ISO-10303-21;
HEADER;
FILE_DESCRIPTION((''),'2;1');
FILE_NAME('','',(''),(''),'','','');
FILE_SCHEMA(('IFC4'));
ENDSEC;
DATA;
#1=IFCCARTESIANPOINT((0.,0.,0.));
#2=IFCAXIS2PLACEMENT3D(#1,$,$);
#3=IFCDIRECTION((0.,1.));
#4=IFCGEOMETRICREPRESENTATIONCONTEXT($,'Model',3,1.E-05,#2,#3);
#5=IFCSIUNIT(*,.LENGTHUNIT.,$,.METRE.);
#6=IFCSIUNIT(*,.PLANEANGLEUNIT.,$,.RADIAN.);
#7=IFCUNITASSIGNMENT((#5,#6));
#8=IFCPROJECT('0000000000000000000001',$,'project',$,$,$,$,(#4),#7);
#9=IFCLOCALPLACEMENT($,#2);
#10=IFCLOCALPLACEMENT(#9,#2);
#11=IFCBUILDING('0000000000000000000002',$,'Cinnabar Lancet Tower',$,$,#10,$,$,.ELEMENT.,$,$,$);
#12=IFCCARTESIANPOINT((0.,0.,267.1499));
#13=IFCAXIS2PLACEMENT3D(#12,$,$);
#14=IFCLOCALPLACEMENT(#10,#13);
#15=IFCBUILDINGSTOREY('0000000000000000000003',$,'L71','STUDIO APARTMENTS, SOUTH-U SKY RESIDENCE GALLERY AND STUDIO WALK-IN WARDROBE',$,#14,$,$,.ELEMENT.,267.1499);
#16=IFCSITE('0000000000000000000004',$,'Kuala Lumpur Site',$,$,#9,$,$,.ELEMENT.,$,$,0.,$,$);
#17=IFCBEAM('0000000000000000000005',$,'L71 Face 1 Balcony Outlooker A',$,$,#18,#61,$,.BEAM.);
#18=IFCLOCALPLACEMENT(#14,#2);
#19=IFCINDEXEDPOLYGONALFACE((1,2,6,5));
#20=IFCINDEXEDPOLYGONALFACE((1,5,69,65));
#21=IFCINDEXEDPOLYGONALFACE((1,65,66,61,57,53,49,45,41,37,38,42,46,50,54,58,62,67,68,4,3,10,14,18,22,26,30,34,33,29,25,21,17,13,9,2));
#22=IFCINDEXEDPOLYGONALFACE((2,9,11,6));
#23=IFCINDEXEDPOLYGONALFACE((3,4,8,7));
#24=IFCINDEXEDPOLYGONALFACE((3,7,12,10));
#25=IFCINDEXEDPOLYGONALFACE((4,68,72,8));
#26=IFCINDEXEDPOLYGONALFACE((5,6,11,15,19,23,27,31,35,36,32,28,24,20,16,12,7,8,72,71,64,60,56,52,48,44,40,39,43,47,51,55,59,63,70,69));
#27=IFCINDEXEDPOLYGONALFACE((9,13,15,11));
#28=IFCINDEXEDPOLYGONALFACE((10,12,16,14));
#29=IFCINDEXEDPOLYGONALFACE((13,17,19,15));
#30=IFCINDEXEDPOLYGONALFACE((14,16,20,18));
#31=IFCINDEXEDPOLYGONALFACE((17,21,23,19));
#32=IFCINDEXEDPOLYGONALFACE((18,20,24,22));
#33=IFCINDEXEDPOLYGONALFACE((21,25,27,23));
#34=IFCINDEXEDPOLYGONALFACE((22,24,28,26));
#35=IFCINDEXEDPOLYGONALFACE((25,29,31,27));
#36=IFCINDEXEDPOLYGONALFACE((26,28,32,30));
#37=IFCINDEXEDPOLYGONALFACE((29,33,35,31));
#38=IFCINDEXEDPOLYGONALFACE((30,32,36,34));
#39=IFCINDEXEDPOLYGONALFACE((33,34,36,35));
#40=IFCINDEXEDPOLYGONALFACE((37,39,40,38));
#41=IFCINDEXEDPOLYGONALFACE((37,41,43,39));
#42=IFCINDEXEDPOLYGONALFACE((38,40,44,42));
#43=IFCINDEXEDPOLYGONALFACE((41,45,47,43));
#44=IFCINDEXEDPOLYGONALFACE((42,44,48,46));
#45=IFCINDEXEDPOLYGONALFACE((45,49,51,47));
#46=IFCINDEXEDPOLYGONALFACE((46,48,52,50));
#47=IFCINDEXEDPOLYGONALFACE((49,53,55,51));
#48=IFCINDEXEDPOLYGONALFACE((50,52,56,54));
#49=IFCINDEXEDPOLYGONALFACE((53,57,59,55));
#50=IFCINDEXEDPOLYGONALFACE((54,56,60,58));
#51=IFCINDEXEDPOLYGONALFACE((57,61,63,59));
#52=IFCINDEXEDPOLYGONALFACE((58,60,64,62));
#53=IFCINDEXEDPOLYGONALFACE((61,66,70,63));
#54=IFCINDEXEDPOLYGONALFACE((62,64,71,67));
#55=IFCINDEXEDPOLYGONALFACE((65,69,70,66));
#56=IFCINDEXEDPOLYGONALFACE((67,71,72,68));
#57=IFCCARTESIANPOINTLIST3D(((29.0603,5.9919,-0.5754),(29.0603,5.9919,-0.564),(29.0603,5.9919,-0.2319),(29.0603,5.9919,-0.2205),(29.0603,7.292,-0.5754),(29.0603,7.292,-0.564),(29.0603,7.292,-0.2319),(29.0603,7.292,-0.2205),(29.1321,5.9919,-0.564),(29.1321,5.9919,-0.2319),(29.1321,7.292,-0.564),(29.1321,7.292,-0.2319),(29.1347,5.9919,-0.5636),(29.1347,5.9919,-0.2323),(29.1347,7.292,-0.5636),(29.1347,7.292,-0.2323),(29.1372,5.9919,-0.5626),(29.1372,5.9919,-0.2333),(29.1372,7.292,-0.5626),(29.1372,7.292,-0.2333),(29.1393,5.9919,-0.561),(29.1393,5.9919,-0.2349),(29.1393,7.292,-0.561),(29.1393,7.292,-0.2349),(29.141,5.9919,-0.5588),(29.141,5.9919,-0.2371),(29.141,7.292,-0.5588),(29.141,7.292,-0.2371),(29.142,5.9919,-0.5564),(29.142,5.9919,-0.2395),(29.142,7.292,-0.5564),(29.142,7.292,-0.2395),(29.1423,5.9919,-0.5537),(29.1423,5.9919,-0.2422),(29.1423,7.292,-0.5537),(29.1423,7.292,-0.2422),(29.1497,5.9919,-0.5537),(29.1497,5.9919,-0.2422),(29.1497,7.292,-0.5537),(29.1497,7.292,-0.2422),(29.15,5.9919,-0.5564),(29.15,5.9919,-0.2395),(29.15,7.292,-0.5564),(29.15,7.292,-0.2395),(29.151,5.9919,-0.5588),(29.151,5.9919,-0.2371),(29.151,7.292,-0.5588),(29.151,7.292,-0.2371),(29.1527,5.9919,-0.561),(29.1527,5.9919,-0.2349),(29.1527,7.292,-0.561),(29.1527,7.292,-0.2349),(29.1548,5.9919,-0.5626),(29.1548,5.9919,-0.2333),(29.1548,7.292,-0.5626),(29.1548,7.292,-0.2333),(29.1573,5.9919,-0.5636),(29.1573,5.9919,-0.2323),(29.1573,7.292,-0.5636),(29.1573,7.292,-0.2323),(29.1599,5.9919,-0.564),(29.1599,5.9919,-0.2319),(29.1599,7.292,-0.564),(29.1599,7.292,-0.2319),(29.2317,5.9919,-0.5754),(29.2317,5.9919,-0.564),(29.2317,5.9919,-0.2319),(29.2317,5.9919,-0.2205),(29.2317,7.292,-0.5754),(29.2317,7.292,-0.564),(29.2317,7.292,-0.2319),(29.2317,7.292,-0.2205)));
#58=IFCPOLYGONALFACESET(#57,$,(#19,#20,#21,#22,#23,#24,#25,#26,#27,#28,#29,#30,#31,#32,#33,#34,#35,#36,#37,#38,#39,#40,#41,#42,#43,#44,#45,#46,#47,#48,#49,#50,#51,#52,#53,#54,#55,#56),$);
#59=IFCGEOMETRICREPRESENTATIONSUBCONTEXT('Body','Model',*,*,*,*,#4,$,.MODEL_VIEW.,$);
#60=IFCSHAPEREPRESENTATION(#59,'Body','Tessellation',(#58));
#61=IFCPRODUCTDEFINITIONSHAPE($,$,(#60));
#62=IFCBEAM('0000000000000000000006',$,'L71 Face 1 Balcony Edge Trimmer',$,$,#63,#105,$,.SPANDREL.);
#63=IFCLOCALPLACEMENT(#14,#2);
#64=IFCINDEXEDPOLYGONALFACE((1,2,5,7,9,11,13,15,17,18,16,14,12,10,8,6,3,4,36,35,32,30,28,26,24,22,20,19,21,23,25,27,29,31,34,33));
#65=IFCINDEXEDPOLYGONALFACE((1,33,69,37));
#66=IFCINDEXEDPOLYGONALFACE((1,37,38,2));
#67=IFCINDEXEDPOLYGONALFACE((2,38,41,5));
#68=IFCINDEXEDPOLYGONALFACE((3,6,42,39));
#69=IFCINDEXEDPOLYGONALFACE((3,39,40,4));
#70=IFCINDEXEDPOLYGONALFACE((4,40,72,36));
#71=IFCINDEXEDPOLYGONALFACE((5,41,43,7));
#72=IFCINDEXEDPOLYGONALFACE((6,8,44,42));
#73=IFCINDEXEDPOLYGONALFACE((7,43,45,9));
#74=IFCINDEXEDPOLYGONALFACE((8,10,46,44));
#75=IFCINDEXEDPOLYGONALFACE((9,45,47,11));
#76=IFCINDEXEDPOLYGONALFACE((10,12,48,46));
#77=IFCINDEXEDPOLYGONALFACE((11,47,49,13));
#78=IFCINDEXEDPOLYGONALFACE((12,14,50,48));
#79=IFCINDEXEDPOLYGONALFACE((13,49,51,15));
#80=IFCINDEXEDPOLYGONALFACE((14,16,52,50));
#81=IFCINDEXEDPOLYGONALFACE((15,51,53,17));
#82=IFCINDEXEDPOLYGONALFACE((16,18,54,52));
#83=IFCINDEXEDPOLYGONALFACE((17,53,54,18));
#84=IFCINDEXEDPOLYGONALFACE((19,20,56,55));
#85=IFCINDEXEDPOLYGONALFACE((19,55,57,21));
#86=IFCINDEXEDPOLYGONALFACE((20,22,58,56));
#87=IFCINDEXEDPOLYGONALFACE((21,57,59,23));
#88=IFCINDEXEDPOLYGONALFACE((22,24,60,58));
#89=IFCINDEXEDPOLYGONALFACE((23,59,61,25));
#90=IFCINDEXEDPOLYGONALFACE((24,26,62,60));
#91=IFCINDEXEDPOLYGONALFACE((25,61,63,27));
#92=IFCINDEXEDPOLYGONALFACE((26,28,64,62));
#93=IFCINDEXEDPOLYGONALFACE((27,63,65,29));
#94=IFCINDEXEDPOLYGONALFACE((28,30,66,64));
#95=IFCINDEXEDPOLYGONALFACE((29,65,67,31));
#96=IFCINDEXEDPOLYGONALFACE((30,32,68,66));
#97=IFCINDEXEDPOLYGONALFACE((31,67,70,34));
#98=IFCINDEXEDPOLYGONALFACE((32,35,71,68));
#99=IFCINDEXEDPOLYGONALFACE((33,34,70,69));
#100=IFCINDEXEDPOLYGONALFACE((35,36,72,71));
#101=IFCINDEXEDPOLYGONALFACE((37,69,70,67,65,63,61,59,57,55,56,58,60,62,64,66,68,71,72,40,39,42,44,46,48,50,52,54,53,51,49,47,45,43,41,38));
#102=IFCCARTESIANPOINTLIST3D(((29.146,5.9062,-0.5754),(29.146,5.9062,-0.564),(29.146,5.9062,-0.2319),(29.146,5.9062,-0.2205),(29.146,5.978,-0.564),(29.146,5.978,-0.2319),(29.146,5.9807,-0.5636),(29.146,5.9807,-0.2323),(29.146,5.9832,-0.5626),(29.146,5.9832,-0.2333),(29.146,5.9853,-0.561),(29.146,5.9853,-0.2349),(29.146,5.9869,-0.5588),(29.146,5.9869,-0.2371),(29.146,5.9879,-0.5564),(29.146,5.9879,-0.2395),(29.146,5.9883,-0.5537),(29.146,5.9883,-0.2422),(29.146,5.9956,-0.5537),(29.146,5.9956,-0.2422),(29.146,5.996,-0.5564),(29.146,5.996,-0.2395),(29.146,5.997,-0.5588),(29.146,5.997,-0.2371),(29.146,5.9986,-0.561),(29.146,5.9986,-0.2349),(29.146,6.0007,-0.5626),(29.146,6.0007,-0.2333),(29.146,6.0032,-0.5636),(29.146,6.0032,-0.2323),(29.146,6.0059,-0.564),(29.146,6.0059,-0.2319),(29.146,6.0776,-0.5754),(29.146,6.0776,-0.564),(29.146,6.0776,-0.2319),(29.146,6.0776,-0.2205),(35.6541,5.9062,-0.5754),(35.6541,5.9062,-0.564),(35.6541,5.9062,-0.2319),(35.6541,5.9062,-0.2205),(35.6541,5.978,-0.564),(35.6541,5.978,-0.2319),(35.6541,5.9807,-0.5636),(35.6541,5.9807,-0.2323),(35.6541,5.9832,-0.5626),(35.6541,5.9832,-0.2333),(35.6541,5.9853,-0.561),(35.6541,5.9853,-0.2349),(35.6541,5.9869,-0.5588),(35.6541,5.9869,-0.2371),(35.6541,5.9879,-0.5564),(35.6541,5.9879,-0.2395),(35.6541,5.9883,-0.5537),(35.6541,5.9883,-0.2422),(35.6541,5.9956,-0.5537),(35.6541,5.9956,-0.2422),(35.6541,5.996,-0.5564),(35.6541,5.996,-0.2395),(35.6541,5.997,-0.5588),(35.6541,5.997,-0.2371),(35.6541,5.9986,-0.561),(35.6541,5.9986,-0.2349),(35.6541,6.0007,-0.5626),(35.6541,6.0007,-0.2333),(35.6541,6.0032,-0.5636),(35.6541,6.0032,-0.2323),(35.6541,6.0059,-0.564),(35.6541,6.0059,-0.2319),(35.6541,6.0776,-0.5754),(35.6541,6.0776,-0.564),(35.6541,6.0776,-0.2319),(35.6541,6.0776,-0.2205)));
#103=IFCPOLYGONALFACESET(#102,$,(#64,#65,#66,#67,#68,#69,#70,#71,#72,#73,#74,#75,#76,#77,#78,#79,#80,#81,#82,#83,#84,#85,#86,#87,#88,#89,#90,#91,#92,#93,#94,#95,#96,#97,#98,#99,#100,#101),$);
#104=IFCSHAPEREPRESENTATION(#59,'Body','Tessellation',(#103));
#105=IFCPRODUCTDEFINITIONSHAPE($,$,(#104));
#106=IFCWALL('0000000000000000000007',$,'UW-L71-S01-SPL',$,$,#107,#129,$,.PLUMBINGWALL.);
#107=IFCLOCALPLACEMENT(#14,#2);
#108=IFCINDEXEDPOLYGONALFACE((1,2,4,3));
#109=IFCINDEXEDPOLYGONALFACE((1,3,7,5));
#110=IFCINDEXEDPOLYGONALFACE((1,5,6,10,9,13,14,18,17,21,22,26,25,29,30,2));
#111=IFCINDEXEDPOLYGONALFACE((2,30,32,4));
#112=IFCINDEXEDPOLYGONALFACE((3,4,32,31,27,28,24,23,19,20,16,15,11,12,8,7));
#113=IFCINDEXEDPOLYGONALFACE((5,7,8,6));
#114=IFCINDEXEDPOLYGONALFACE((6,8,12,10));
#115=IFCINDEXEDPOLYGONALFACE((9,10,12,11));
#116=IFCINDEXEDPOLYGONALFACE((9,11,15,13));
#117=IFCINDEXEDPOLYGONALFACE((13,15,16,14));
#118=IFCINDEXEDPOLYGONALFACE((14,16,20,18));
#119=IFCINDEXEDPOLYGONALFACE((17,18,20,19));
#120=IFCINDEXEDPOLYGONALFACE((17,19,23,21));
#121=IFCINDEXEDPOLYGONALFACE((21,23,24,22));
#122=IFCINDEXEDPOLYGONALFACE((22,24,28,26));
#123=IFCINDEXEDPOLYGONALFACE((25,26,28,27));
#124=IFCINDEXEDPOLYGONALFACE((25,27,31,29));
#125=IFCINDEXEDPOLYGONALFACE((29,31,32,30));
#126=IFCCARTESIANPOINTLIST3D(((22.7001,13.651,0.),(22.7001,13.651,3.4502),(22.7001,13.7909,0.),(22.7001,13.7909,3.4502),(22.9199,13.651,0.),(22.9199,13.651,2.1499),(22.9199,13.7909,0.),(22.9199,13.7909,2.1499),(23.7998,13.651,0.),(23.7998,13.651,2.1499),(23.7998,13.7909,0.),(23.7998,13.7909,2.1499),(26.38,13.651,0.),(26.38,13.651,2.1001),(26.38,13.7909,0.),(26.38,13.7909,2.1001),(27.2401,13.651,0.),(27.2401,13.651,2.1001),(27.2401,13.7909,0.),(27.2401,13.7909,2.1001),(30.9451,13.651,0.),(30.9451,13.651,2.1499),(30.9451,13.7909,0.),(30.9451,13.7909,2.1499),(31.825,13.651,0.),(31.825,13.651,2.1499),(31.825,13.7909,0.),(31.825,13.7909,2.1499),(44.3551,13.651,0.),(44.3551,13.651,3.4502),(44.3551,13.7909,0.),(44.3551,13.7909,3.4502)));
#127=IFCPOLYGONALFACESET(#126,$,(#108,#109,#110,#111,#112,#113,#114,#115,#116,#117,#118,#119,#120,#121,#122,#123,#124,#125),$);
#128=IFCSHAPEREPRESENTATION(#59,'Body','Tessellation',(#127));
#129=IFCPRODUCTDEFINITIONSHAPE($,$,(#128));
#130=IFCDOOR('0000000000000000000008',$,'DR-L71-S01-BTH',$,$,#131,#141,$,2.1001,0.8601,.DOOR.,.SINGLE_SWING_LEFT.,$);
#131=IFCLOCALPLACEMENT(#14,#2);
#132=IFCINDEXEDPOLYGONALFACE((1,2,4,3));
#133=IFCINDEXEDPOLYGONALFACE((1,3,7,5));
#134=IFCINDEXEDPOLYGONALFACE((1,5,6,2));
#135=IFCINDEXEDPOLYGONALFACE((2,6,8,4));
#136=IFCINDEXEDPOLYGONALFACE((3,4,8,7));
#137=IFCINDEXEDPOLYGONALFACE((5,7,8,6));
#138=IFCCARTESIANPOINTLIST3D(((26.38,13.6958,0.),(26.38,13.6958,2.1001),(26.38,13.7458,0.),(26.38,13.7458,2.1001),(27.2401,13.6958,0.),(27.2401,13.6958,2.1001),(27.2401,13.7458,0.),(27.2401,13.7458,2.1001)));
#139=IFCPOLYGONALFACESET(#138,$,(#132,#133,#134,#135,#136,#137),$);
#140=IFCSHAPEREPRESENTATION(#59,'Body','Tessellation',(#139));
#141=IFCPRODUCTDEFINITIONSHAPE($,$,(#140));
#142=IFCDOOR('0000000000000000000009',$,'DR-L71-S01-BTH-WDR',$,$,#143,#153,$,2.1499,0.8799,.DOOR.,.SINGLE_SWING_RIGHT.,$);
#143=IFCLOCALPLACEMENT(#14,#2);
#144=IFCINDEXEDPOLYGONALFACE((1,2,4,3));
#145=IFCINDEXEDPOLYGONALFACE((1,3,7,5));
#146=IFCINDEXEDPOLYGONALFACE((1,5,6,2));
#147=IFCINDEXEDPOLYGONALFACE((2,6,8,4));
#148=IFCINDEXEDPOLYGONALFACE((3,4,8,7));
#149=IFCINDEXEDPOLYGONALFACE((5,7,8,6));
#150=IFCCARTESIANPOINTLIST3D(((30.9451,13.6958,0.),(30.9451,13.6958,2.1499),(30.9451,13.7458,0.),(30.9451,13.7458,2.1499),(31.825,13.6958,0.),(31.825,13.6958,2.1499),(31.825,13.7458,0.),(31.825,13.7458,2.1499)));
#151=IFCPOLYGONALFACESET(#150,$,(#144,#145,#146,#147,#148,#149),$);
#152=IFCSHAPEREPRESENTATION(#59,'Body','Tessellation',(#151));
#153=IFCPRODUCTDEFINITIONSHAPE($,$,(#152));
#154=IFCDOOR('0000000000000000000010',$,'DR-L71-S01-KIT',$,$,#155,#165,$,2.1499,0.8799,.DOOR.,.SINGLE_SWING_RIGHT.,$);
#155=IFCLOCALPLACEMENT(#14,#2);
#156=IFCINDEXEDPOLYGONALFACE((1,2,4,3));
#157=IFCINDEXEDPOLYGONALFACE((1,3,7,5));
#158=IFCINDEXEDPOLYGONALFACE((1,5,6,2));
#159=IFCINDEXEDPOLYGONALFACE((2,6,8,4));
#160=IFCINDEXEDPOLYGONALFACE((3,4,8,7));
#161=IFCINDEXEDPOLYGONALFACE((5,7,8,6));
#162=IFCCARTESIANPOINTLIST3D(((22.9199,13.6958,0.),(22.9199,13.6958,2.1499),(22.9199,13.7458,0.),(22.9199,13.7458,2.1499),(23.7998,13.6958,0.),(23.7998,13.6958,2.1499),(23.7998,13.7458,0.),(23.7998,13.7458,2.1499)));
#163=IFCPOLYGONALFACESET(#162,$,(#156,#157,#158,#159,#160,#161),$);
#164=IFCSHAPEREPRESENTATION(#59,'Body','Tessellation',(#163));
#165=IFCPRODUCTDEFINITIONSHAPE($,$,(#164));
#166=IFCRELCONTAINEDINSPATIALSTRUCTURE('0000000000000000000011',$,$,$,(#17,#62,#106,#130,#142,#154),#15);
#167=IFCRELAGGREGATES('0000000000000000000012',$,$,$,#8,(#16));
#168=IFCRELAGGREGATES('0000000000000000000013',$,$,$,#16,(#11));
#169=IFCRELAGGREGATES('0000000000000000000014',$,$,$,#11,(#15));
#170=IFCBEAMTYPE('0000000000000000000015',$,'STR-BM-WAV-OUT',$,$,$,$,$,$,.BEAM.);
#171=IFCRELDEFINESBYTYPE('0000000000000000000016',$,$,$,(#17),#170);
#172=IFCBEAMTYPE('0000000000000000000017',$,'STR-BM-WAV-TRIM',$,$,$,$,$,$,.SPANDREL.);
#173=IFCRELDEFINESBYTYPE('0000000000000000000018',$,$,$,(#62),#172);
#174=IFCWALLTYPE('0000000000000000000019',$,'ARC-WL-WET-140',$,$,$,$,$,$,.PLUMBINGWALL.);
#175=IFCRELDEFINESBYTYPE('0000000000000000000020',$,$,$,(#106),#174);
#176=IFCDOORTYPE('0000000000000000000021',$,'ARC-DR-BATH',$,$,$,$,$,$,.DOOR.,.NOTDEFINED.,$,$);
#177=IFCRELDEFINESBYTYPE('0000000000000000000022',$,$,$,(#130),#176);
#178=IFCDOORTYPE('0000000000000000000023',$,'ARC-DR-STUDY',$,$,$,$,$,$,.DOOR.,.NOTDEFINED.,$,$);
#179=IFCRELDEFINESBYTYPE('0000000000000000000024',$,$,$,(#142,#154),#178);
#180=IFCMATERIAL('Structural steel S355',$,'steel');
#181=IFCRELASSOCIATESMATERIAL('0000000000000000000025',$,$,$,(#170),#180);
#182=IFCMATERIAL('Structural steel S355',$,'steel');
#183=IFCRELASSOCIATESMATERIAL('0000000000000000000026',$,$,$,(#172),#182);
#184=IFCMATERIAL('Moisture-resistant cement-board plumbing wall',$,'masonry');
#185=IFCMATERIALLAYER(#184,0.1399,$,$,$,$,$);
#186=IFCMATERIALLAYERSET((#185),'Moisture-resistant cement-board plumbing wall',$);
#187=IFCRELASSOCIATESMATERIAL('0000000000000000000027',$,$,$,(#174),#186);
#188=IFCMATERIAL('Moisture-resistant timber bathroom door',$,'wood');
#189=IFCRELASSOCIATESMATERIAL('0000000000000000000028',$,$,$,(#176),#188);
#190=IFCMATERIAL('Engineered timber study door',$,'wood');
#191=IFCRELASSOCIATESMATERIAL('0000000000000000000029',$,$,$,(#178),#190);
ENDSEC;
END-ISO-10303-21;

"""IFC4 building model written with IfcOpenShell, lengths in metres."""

from ifc_helpers import new_model, si_unit, direction, frame, frame_2d, origin, origin_2d, place, context, subcontext, project, spatial, rectangle, i_section, extrude, material, layer, layer_set, material_profile, profile_set, type_object, element, fill, save


model = new_model("IFC4")

# Units and contexts
model_context = context("Model", 3, precision=1e-05, world=origin(), true_north=direction((0.0, 1.0)))
body_context = subcontext(model_context, "Body", "Model", "MODEL_VIEW")
ifc_project = project(units=[si_unit("LENGTHUNIT", "METRE"), si_unit("PLANEANGLEUNIT", "RADIAN")], contexts=[model_context])

# Site, building, storey
site_placement = place(None, origin())
site = spatial("IfcSite", under=ifc_project, at=site_placement, Name="Kuala Lumpur Site", CompositionType="ELEMENT", RefElevation=0.0)
building_placement = place(site_placement, origin())
building = spatial("IfcBuilding", under=site, at=building_placement, Name="Cinnabar Lancet Tower", CompositionType="ELEMENT")
storey_placement = place(building_placement, frame((0.0, 0.0, 267.1499)))
storey = spatial("IfcBuildingStorey", under=building, at=storey_placement, Name="L71", Description="STUDIO APARTMENTS, SOUTH-U SKY RESIDENCE GALLERY AND STUDIO WALK-IN WARDROBE", CompositionType="ELEMENT", Elevation=267.1499)

# Beams
ifc_material_1 = material(Name="Structural steel S355", Category="steel")
ifc_material_profile_1 = material_profile(ifc_material_1, i_section(OverallWidth=0.1714, OverallDepth=0.355, WebThickness=0.0073, FlangeThickness=0.0115, FilletRadius=0.0103, at=origin_2d()), Name="UKB 356x171x51")
ifc_profile_set_1 = profile_set([ifc_material_profile_1], Name="Structural steel S355")
beam_type_1 = type_object("IfcBeamType", Name="STR-BM-WAV-OUT", PredefinedType="BEAM", material=ifc_profile_set_1)
beam_1_placement = place(storey_placement, frame((29.146, 7.292, -0.3979), z_axis=(0.0, -1.0, 0.0), x_axis=(1.0, 0.0, 0.0)))
element("IfcBeam", 1, at=beam_1_placement, inside=storey, type_object=beam_type_1, Name="L71 Face 1 Balcony Outlooker A", PredefinedType="BEAM", context=body_context, shape_type="SweptSolid", body=[
    extrude(i_section(OverallWidth=0.1714, OverallDepth=0.355, WebThickness=0.0073, FlangeThickness=0.0115, FilletRadius=0.0103, at=origin_2d()), origin(), (0.0, 0.0, 1.0), 1.3),
])
ifc_material_2 = material(Name="Structural steel S355", Category="steel")
ifc_material_profile_2 = material_profile(ifc_material_2, i_section(OverallWidth=0.1714, OverallDepth=0.355, WebThickness=0.0073, FlangeThickness=0.0115, FilletRadius=0.0103, at=origin_2d()), Name="UKB 356x171x51")
ifc_profile_set_2 = profile_set([ifc_material_profile_2], Name="Structural steel S355")
beam_type_2 = type_object("IfcBeamType", Name="STR-BM-WAV-TRIM", PredefinedType="SPANDREL", material=ifc_profile_set_2)
beam_2_placement = place(storey_placement, frame((29.146, 5.9919, -0.3979), z_axis=(1.0, 0.0, 0.0), x_axis=(0.0, 1.0, 0.0)))
element("IfcBeam", 2, at=beam_2_placement, inside=storey, type_object=beam_type_2, Name="L71 Face 1 Balcony Edge Trimmer", PredefinedType="SPANDREL", context=body_context, shape_type="SweptSolid", body=[
    extrude(i_section(OverallWidth=0.1714, OverallDepth=0.355, WebThickness=0.0073, FlangeThickness=0.0115, FilletRadius=0.0103, at=origin_2d()), origin(), (0.0, 0.0, 1.0), 6.5081),
])

# Wall, openings, doors
ifc_material_3 = material(Name="Moisture-resistant cement-board plumbing wall", Category="masonry")
ifc_layer_1 = layer(ifc_material_3, 0.1399)
ifc_layer_set_1 = layer_set([ifc_layer_1], Name="Moisture-resistant cement-board plumbing wall")
wall_type_1 = type_object("IfcWallType", Name="ARC-WL-WET-140", PredefinedType="PLUMBINGWALL", material=ifc_layer_set_1)
wall_1_placement = place(storey_placement, frame((22.7, 13.7209, 0.0), z_axis=(0.0, 0.0, 1.0), x_axis=(1.0, 0.0, 0.0)))
wall_1 = element("IfcWall", 3, at=wall_1_placement, inside=storey, type_object=wall_type_1, Name="UW-L71-S01-SPL", PredefinedType="PLUMBINGWALL", context=body_context, shape_type="SweptSolid", body=[
    extrude(rectangle(XDim=21.655, YDim=0.1399, at=frame_2d((10.8276, 0.0))), origin(), (0.0, 0.0, 1.0), 3.4502),
])
opening_1_placement = place(wall_1_placement, frame((3.6799, 0.0, 0.0)))
opening_1 = element("IfcOpeningElement", 4, at=opening_1_placement, cuts=wall_1, PredefinedType="OPENING", context=body_context, shape_type="SweptSolid", body=[
    extrude(rectangle(XDim=0.8601, YDim=2.1001, at=frame_2d((0.4302, 1.05))), frame((0.0, 0.0798, 0.0), z_axis=(0.0, -1.0, 0.0), x_axis=(1.0, 0.0, 0.0)), (0.0, 0.0, 1.0), 0.1599),
])
opening_2_placement = place(wall_1_placement, frame((8.2451, 0.0, 0.0)))
opening_2 = element("IfcOpeningElement", 5, at=opening_2_placement, cuts=wall_1, PredefinedType="OPENING", context=body_context, shape_type="SweptSolid", body=[
    extrude(rectangle(XDim=0.8799, YDim=2.1499, at=frame_2d((0.4399, 1.075))), frame((0.0, 0.0798, 0.0), z_axis=(0.0, -1.0, 0.0), x_axis=(1.0, 0.0, 0.0)), (0.0, 0.0, 1.0), 0.1599),
])
opening_3_placement = place(wall_1_placement, frame((0.22, 0.0, 0.0)))
opening_3 = element("IfcOpeningElement", 6, at=opening_3_placement, cuts=wall_1, PredefinedType="OPENING", context=body_context, shape_type="SweptSolid", body=[
    extrude(rectangle(XDim=0.8799, YDim=2.1499, at=frame_2d((0.4399, 1.075))), frame((0.0, 0.0798, 0.0), z_axis=(0.0, -1.0, 0.0), x_axis=(1.0, 0.0, 0.0)), (0.0, 0.0, 1.0), 0.1599),
])
ifc_material_4 = material(Name="Moisture-resistant timber bathroom door", Category="wood")
door_type_1 = type_object("IfcDoorType", Name="ARC-DR-BATH", OperationType="NOTDEFINED", PredefinedType="DOOR", material=ifc_material_4)
door_1_placement = place(opening_1_placement, origin())
door_1 = element("IfcDoor", 7, at=door_1_placement, inside=storey, type_object=door_type_1, Name="DR-L71-S01-BTH", OperationType="SINGLE_SWING_LEFT", OverallHeight=2.1001, OverallWidth=0.8601, PredefinedType="DOOR", context=body_context, shape_type="SweptSolid", body=[
    extrude(rectangle(XDim=0.8601, YDim=2.1001, at=frame_2d((0.4302, 1.05))), frame((0.0, 0.0249, 0.0), z_axis=(0.0, -1.0, 0.0), x_axis=(1.0, 0.0, 0.0)), (0.0, 0.0, 1.0), 0.05),
])
fill(opening_1, door_1)
ifc_material_5 = material(Name="Engineered timber study door", Category="wood")
door_type_2 = type_object("IfcDoorType", Name="ARC-DR-STUDY", OperationType="NOTDEFINED", PredefinedType="DOOR", material=ifc_material_5)
door_2_placement = place(opening_2_placement, origin())
door_2 = element("IfcDoor", 8, at=door_2_placement, inside=storey, type_object=door_type_2, Name="DR-L71-S01-BTH-WDR", OperationType="SINGLE_SWING_RIGHT", OverallHeight=2.1499, OverallWidth=0.8799, PredefinedType="DOOR", context=body_context, shape_type="SweptSolid", body=[
    extrude(rectangle(XDim=0.8799, YDim=2.1499, at=frame_2d((0.4399, 1.075))), frame((0.0, 0.0249, 0.0), z_axis=(0.0, -1.0, 0.0), x_axis=(1.0, 0.0, 0.0)), (0.0, 0.0, 1.0), 0.05),
])
fill(opening_2, door_2)
door_3_placement = place(opening_3_placement, origin())
door_3 = element("IfcDoor", 9, at=door_3_placement, inside=storey, type_object=door_type_2, Name="DR-L71-S01-KIT", OperationType="SINGLE_SWING_RIGHT", OverallHeight=2.1499, OverallWidth=0.8799, PredefinedType="DOOR", context=body_context, shape_type="SweptSolid", body=[
    extrude(rectangle(XDim=0.8799, YDim=2.1499, at=frame_2d((0.4399, 1.075))), frame((0.0, 0.0249, 0.0), z_axis=(0.0, -1.0, 0.0), x_axis=(1.0, 0.0, 0.0)), (0.0, 0.0, 1.0), 0.05),
])
fill(opening_3, door_3)

save(model, "model.ifc")
